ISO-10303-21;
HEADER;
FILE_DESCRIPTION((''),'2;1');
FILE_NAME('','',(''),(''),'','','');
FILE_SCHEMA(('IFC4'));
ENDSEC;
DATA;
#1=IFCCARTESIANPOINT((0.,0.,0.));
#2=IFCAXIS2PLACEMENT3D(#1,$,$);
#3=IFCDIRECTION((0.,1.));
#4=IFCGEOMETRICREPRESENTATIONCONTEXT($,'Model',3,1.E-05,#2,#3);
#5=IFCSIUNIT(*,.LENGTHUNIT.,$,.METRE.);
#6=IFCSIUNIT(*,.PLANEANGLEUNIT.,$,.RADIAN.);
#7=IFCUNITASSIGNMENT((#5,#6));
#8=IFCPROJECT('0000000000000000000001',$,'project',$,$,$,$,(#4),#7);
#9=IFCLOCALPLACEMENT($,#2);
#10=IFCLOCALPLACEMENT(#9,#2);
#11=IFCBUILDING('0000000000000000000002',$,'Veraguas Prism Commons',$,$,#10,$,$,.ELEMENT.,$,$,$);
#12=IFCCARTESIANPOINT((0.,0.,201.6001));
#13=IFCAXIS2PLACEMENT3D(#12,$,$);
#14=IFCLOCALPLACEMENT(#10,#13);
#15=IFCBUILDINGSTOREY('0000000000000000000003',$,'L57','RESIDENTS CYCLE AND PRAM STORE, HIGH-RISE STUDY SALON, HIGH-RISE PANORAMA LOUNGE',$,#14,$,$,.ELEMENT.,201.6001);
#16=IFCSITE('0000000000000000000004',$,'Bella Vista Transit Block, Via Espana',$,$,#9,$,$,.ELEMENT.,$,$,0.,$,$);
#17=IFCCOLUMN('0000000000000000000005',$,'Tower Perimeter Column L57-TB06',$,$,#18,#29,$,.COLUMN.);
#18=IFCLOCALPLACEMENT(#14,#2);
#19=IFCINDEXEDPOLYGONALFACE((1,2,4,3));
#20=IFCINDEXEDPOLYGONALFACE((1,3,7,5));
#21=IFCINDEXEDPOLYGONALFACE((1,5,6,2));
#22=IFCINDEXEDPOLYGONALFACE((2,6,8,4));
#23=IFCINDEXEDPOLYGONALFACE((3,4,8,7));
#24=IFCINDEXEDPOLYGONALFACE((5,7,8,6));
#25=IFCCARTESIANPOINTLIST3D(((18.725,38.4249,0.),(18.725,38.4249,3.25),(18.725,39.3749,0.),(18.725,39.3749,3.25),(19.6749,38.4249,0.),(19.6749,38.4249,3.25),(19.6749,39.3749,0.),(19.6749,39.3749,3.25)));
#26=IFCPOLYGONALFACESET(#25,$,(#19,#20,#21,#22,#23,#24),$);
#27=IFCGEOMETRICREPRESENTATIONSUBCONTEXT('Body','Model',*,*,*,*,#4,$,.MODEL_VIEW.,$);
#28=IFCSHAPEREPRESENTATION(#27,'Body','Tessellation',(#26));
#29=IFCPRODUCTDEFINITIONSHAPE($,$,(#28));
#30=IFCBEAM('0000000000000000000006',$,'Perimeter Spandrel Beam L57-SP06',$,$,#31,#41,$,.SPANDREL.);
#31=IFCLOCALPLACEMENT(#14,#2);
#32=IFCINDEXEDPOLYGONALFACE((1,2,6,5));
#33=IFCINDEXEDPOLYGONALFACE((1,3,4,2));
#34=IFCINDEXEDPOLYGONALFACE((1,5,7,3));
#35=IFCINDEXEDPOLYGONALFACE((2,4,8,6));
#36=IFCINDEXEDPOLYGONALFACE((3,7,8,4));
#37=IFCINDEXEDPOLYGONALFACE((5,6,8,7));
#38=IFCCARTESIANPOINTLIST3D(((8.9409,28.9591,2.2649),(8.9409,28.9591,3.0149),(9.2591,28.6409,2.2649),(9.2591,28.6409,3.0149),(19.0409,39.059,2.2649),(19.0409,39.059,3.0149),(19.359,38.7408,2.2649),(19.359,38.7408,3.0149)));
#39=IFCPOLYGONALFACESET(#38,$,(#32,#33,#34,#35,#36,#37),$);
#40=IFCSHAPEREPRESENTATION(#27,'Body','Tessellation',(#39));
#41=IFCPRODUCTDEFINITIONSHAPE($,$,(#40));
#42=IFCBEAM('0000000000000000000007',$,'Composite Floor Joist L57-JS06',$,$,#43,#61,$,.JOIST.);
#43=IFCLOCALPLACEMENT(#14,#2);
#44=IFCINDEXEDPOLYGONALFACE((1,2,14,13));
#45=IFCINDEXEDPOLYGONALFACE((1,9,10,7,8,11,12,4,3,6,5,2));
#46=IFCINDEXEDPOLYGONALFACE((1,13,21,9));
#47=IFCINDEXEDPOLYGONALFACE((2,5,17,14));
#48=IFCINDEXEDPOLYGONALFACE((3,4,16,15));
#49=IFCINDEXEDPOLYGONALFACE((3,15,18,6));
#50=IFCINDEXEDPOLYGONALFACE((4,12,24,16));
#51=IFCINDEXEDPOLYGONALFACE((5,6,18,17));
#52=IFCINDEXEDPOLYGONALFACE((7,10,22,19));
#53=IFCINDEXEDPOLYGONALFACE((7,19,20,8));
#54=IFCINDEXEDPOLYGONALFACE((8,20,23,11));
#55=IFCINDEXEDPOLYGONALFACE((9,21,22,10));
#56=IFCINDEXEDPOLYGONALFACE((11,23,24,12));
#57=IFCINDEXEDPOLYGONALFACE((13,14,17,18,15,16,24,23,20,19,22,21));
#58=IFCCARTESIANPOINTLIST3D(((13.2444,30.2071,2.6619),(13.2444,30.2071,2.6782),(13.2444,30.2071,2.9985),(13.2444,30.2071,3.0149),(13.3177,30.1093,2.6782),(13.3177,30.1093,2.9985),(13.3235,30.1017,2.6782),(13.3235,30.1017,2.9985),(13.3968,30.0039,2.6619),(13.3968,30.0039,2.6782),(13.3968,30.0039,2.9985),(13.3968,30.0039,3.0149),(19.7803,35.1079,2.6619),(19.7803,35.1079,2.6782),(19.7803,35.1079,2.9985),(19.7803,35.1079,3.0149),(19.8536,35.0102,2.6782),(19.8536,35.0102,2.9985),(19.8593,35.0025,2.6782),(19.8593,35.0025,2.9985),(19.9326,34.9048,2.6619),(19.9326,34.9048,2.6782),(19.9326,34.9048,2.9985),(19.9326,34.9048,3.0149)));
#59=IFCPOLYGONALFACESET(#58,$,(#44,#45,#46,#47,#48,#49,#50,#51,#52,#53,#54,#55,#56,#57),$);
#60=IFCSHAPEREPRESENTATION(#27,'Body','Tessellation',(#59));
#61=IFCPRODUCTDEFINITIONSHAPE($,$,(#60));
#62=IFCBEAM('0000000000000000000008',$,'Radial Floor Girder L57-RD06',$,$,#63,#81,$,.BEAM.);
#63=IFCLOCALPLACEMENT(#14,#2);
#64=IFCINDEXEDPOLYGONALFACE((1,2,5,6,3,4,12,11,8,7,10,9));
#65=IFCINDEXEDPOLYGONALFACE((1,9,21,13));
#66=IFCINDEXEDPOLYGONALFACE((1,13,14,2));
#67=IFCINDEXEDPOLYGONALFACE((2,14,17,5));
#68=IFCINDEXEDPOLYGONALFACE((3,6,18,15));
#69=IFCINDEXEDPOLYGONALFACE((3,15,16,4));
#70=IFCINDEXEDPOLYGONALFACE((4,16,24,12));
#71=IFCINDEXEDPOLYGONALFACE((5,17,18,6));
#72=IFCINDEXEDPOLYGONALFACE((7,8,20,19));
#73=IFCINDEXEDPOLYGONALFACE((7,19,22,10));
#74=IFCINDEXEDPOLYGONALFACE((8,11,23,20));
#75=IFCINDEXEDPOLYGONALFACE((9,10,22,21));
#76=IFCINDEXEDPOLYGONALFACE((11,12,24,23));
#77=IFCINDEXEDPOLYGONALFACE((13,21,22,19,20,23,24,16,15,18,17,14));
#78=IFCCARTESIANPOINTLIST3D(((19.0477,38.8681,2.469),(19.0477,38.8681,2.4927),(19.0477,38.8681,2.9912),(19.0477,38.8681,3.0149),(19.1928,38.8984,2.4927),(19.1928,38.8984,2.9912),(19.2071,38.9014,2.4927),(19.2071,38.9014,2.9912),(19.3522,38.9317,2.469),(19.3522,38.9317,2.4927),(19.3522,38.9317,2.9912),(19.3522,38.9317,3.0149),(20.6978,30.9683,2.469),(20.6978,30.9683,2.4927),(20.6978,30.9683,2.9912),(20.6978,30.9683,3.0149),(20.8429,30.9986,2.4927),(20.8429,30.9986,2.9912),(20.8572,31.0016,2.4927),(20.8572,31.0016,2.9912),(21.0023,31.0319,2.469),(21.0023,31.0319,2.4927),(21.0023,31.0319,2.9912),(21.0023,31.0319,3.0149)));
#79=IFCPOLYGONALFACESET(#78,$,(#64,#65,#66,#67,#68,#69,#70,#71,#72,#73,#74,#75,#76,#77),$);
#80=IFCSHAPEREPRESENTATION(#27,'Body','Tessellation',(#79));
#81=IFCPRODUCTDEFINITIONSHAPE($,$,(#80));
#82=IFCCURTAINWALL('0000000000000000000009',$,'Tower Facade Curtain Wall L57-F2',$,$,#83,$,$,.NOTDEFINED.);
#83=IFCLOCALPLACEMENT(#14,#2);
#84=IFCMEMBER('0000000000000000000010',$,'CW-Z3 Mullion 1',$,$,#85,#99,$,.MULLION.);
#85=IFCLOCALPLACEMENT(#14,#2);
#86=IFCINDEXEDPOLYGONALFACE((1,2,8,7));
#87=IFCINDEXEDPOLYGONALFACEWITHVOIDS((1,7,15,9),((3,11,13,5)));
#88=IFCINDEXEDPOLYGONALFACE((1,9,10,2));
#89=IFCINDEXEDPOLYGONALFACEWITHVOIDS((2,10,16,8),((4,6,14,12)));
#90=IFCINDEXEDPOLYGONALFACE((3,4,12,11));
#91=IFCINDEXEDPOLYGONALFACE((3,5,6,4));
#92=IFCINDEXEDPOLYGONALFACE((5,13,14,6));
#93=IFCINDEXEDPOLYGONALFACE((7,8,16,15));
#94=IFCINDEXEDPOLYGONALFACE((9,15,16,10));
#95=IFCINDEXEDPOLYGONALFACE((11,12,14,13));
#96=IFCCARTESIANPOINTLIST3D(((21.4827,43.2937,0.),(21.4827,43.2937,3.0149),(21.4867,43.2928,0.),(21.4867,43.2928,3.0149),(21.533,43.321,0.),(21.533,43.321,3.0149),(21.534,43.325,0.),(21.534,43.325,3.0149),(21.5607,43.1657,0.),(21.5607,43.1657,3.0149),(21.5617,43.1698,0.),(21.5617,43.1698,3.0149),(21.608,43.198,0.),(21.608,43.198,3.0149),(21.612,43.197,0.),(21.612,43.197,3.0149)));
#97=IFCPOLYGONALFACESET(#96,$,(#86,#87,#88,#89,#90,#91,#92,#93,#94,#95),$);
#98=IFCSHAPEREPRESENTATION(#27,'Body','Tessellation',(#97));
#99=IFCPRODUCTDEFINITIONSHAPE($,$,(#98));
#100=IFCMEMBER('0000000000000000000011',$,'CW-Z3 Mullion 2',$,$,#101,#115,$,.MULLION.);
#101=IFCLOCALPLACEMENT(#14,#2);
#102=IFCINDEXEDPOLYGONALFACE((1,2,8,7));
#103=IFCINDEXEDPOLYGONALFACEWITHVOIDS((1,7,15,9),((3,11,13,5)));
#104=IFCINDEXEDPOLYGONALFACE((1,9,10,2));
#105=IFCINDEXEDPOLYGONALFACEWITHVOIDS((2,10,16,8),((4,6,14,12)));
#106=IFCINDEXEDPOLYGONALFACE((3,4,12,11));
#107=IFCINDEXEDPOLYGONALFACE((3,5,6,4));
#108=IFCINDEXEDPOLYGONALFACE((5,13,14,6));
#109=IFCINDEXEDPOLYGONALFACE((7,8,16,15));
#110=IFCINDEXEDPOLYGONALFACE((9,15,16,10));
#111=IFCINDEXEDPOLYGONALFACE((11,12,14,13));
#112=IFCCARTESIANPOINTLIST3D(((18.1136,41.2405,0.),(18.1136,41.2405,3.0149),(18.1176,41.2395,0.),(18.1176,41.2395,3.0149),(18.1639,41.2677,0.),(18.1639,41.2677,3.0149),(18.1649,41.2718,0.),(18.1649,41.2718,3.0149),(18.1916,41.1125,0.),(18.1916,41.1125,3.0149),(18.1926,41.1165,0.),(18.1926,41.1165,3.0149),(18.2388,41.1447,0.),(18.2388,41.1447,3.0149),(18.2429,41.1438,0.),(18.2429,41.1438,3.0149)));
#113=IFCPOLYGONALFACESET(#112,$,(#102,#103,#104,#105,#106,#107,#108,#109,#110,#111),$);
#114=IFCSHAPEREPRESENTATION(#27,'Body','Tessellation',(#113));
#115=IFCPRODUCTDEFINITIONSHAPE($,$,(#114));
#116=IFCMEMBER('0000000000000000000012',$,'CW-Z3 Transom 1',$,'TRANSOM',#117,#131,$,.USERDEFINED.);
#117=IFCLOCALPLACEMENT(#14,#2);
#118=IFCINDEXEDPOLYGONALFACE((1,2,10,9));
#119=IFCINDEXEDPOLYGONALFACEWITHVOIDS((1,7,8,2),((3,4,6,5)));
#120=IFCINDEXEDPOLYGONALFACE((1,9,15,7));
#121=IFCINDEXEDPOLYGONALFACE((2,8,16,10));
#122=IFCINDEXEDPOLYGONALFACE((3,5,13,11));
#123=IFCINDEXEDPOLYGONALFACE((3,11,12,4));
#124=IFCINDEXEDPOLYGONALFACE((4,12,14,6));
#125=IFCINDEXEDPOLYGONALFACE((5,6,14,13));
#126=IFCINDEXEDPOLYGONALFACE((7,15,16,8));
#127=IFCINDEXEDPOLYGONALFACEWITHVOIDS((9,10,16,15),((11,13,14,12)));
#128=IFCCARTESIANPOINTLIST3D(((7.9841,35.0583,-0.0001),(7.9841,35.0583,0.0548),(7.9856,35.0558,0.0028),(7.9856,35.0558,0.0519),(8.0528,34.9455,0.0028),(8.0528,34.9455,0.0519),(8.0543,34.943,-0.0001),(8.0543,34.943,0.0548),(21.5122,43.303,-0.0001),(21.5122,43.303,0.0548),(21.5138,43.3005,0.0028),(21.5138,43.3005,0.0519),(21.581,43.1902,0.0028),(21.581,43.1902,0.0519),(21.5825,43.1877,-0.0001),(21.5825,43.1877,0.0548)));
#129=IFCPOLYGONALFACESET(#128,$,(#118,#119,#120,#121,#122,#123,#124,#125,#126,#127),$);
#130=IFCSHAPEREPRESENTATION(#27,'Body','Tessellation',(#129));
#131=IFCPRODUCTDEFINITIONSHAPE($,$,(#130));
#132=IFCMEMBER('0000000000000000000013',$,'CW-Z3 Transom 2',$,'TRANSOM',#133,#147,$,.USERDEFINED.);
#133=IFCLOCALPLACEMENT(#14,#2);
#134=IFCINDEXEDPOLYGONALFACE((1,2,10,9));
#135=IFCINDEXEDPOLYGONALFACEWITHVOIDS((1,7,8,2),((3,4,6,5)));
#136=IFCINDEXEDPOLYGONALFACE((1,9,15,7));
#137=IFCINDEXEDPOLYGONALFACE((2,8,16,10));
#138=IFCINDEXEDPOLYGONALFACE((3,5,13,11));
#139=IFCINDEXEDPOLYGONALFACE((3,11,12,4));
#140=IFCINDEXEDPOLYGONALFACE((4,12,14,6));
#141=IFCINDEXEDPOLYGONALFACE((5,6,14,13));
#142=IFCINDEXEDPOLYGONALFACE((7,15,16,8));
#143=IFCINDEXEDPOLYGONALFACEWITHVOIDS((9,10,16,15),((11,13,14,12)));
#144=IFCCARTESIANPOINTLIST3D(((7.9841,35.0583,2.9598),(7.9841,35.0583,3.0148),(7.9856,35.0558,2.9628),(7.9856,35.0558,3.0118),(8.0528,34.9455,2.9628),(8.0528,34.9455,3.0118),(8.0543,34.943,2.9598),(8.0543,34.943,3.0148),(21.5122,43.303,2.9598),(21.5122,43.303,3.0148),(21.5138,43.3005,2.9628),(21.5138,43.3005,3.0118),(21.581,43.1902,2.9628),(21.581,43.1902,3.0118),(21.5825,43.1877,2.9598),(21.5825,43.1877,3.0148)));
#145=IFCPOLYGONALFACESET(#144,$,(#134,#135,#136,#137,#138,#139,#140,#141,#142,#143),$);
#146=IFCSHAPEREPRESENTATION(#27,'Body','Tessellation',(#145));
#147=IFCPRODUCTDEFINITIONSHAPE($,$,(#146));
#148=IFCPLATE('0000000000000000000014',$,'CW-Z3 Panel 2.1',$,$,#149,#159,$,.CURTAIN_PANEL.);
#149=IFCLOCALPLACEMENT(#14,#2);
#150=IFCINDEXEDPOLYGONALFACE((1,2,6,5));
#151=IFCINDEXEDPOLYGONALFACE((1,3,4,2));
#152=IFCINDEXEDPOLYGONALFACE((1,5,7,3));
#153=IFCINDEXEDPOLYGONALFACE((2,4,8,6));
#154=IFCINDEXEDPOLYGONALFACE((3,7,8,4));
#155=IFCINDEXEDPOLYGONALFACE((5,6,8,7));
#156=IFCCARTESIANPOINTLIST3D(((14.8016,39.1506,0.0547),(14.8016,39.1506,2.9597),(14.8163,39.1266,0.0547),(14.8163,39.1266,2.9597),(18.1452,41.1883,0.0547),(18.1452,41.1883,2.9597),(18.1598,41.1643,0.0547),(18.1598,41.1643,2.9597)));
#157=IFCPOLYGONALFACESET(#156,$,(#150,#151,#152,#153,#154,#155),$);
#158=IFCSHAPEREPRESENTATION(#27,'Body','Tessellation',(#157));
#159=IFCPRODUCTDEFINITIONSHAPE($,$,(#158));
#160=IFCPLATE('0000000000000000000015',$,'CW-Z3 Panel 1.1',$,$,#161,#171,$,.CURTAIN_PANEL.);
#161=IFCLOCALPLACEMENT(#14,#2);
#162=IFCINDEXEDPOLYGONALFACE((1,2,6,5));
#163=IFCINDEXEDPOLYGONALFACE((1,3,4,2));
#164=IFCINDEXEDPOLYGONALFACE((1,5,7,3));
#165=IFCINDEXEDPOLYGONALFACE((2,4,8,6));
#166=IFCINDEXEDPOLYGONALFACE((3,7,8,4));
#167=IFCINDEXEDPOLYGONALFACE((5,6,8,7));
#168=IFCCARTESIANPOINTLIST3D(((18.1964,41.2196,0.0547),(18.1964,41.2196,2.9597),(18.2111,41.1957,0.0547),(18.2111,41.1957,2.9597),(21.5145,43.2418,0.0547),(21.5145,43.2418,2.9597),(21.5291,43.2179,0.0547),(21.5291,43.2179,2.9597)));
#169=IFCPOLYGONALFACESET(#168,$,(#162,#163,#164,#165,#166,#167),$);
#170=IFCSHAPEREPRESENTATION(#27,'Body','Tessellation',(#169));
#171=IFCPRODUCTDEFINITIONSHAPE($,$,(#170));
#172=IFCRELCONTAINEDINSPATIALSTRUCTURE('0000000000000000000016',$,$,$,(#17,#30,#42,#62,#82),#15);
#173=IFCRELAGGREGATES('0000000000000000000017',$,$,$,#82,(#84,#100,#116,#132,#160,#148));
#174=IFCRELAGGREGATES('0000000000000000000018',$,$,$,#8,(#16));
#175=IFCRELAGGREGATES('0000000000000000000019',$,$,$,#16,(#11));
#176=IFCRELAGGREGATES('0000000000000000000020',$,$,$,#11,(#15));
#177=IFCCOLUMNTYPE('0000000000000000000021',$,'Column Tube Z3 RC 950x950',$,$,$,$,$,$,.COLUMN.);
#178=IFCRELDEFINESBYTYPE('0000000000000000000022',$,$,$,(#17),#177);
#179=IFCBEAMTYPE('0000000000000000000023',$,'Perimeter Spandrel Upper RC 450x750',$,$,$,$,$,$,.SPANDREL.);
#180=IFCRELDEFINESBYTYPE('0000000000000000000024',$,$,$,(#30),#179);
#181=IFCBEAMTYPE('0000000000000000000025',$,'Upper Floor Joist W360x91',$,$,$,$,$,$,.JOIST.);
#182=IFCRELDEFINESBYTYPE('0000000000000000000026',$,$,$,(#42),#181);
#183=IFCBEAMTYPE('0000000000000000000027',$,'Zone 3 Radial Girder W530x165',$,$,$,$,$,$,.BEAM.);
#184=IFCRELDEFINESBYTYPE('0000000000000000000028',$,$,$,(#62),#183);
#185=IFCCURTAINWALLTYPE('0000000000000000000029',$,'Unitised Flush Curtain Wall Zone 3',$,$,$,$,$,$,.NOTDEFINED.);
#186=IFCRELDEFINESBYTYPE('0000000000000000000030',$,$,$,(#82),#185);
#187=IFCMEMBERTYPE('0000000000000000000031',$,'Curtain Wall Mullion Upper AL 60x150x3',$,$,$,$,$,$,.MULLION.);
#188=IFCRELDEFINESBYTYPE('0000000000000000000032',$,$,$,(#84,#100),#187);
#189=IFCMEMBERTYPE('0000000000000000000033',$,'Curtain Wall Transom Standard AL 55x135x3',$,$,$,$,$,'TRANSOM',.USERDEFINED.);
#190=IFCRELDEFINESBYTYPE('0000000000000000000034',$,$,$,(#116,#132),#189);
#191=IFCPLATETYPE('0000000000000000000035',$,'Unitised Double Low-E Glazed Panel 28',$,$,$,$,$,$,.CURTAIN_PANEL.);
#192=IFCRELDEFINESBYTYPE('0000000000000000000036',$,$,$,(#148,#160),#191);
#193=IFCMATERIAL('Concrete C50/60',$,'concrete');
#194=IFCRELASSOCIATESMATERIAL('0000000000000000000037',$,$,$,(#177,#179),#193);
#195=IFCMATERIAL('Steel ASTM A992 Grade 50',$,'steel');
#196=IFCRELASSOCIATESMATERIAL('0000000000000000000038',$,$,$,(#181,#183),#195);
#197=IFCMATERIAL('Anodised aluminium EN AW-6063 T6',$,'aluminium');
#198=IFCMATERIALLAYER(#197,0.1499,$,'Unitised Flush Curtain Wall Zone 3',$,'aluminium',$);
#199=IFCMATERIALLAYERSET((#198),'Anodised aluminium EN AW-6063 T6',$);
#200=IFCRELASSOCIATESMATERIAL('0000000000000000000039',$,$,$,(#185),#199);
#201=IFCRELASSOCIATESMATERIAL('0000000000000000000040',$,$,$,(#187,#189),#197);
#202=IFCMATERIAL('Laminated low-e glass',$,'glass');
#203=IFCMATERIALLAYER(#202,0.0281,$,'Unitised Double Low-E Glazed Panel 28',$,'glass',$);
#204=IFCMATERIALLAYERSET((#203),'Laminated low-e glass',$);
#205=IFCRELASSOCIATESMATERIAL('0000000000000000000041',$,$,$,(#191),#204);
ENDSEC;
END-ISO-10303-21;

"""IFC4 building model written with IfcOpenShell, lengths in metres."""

from ifc_helpers import new_model, si_unit, direction, frame, origin, origin_2d, place, context, subcontext, project, spatial, rectangle, hollow_rectangle, i_section, extrude, source, transform, mapped, material, layer, layer_set, material_profile, profile_set, type_object, element, aggregate, save


model = new_model("IFC4")

# Units and contexts
model_context = context("Model", 3, precision=1e-05, world=origin(), true_north=direction((0.0, 1.0)))
body_context = subcontext(model_context, "Body", "Model", "MODEL_VIEW")
ifc_project = project(units=[si_unit("LENGTHUNIT", "METRE"), si_unit("PLANEANGLEUNIT", "RADIAN")], contexts=[model_context])

# Site, building, storey
site_placement = place(None, origin())
site = spatial("IfcSite", under=ifc_project, at=site_placement, Name="Bella Vista Transit Block, Via Espana", CompositionType="ELEMENT", RefElevation=0.0)
building_placement = place(site_placement, origin())
building = spatial("IfcBuilding", under=site, at=building_placement, Name="Veraguas Prism Commons", CompositionType="ELEMENT")
storey_placement = place(building_placement, frame((0.0, 0.0, 201.6001)))
storey = spatial("IfcBuildingStorey", under=building, at=storey_placement, Name="L57", Description="RESIDENTS CYCLE AND PRAM STORE, HIGH-RISE STUDY SALON, HIGH-RISE PANORAMA LOUNGE", CompositionType="ELEMENT", Elevation=201.6001)

# Column
ifc_material_1 = material(Name="Concrete C50/60", Category="concrete")
ifc_material_profile_1 = material_profile(ifc_material_1, rectangle(XDim=0.95, YDim=0.95, at=origin_2d()), Name="RC950X950")
ifc_profile_set_1 = profile_set([ifc_material_profile_1], Name="Concrete C50/60")
column_type = type_object("IfcColumnType", Name="Column Tube Z3 RC 950x950", PredefinedType="COLUMN", material=ifc_profile_set_1)
column_placement = place(storey_placement, frame((19.2, 38.8999, 0.0), z_axis=(0.0, 0.0, 1.0), x_axis=(1.0, 0.0, 0.0)))
element("IfcColumn", 1, at=column_placement, inside=storey, type_object=column_type, Name="Tower Perimeter Column L57-TB06", PredefinedType="COLUMN", context=body_context, shape_type="SweptSolid", body=[
    extrude(rectangle(XDim=0.95, YDim=0.95, at=origin_2d()), origin(), (0.0, 0.0, 1.0), 3.25),
])

# Beams
ifc_material_profile_2 = material_profile(ifc_material_1, rectangle(XDim=0.45, YDim=0.75, at=origin_2d()), Name="RC450X750")
ifc_profile_set_2 = profile_set([ifc_material_profile_2], Name="Concrete C50/60")
beam_type_1 = type_object("IfcBeamType", Name="Perimeter Spandrel Upper RC 450x750", PredefinedType="SPANDREL", material=ifc_profile_set_2)
beam_1_placement = place(storey_placement, frame((19.2, 38.8999, 2.6399), z_axis=(-0.707107, -0.707107, 0.0), x_axis=(0.707107, -0.707107, 0.0)))
element("IfcBeam", 2, at=beam_1_placement, inside=storey, type_object=beam_type_1, Name="Perimeter Spandrel Beam L57-SP06", PredefinedType="SPANDREL", context=body_context, shape_type="SweptSolid", body=[
    extrude(rectangle(XDim=0.45, YDim=0.75, at=origin_2d()), origin(), (0.0, 0.0, 1.0), 14.2834),
])
ifc_material_2 = material(Name="Steel ASTM A992 Grade 50", Category="steel")
ifc_material_profile_3 = material_profile(ifc_material_2, i_section(OverallWidth=0.2539, OverallDepth=0.353, WebThickness=0.0095, FlangeThickness=0.0164, at=origin_2d()), Name="W360X91")
ifc_profile_set_3 = profile_set([ifc_material_profile_3], Name="Steel ASTM A992 Grade 50")
beam_type_2 = type_object("IfcBeamType", Name="Upper Floor Joist W360x91", PredefinedType="JOIST", material=ifc_profile_set_3)
beam_2_placement = place(storey_placement, frame((19.8564, 35.0063, 2.8384), z_axis=(-0.800061, -0.599919, 0.0), x_axis=(0.599919, -0.800061, 0.0)))
element("IfcBeam", 3, at=beam_2_placement, inside=storey, type_object=beam_type_2, Name="Composite Floor Joist L57-JS06", PredefinedType="JOIST", context=body_context, shape_type="SweptSolid", body=[
    extrude(i_section(OverallWidth=0.2539, OverallDepth=0.353, WebThickness=0.0095, FlangeThickness=0.0164, at=origin_2d()), origin(), (0.0, 0.0, 1.0), 8.1692),
])
ifc_material_profile_4 = material_profile(ifc_material_2, i_section(OverallWidth=0.311, OverallDepth=0.5459, WebThickness=0.0146, FlangeThickness=0.0237, at=origin_2d()), Name="W530X165")
ifc_profile_set_4 = profile_set([ifc_material_profile_4], Name="Steel ASTM A992 Grade 50")
beam_type_3 = type_object("IfcBeamType", Name="Zone 3 Radial Girder W530x165", PredefinedType="BEAM", material=ifc_profile_set_4)
beam_3_placement = place(storey_placement, frame((19.2, 38.8999, 2.7419), z_axis=(0.204469, -0.978873, 0.0), x_axis=(0.978873, 0.204469, 0.0)))
element("IfcBeam", 4, at=beam_3_placement, inside=storey, type_object=beam_type_3, Name="Radial Floor Girder L57-RD06", PredefinedType="BEAM", context=body_context, shape_type="SweptSolid", body=[
    extrude(i_section(OverallWidth=0.311, OverallDepth=0.5459, WebThickness=0.0146, FlangeThickness=0.0237, at=origin_2d()), origin(), (0.0, 0.0, 1.0), 8.0703),
])

# Curtain wall, members, plates
ifc_material_3 = material(Name="Anodised aluminium EN AW-6063 T6", Category="aluminium")
ifc_layer_1 = layer(ifc_material_3, 0.1499, Name="Unitised Flush Curtain Wall Zone 3", Category="aluminium")
ifc_layer_set_1 = layer_set([ifc_layer_1], Name="Anodised aluminium EN AW-6063 T6")
curtain_wall_type = type_object("IfcCurtainWallType", Name="Unitised Flush Curtain Wall Zone 3", PredefinedType="NOTDEFINED", material=ifc_layer_set_1)
curtain_wall_placement = place(storey_placement, origin())
curtain_wall = element("IfcCurtainWall", 5, at=curtain_wall_placement, inside=storey, type_object=curtain_wall_type, Name="Tower Facade Curtain Wall L57-F2", PredefinedType="NOTDEFINED")
ifc_material_profile_5 = material_profile(ifc_material_3, hollow_rectangle(XDim=0.0601, YDim=0.1499, WallThickness=0.0029, at=origin_2d()), Name="AL60X150X3")
ifc_profile_set_5 = profile_set([ifc_material_profile_5], Name="Anodised aluminium EN AW-6063 T6")
member_type_1 = type_object("IfcMemberType", Name="Curtain Wall Mullion Upper AL 60x150x3", PredefinedType="MULLION", material=ifc_profile_set_5)
shared_shape_1 = source(origin(), body_context, "Body", "SweptSolid", [
    extrude(hollow_rectangle(XDim=0.0601, YDim=0.1499, WallThickness=0.0029, at=origin_2d()), origin(), (0.0, 0.0, 1.0), 3.0149),
])
member_1_placement = place(storey_placement, frame((21.5474, 43.2454, 0.0), z_axis=(0.0, 0.0, 1.0), x_axis=(-0.853914, -0.520414, 0.0)))
member_1 = element("IfcMember", 6, at=member_1_placement, type_object=member_type_1, Name="CW-Z3 Mullion 1", PredefinedType="MULLION", context=body_context, shape_type="MappedRepresentation", body=[
    mapped(shared_shape_1, transform((0.0, 0.0, 0.0), scale=1.0)),
])
member_2_placement = place(storey_placement, frame((18.1782, 41.1921, 0.0), z_axis=(0.0, 0.0, 1.0), x_axis=(-0.853914, -0.520414, 0.0)))
member_2 = element("IfcMember", 7, at=member_2_placement, type_object=member_type_1, Name="CW-Z3 Mullion 2", PredefinedType="MULLION", context=body_context, shape_type="MappedRepresentation", body=[
    mapped(shared_shape_1, transform((0.0, 0.0, 0.0), scale=1.0)),
])
ifc_material_profile_6 = material_profile(ifc_material_3, hollow_rectangle(XDim=0.0549, YDim=0.135, WallThickness=0.0029, at=origin_2d()), Name="AL55X135X3")
ifc_profile_set_6 = profile_set([ifc_material_profile_6], Name="Anodised aluminium EN AW-6063 T6")
member_type_2 = type_object("IfcMemberType", Name="Curtain Wall Transom Standard AL 55x135x3", ElementType="TRANSOM", PredefinedType="USERDEFINED", material=ifc_profile_set_6)
shared_shape_2 = source(origin(), body_context, "Body", "SweptSolid", [
    extrude(hollow_rectangle(XDim=0.0549, YDim=0.135, WallThickness=0.0029, at=origin_2d()), origin(), (0.0, 0.0, 1.0), 15.8425),
])
member_3_placement = place(storey_placement, frame((21.5474, 43.2454, 0.0273), z_axis=(-0.853914, -0.520414, 0.0), x_axis=(0.0, 0.0, 1.0)))
member_3 = element("IfcMember", 8, at=member_3_placement, type_object=member_type_2, Name="CW-Z3 Transom 1", ObjectType="TRANSOM", PredefinedType="USERDEFINED", context=body_context, shape_type="MappedRepresentation", body=[
    mapped(shared_shape_2, transform((0.0, 0.0, 0.0), scale=1.0)),
])
member_4_placement = place(storey_placement, frame((21.5474, 43.2454, 2.9873), z_axis=(-0.853914, -0.520414, 0.0), x_axis=(0.0, 0.0, 1.0)))
member_4 = element("IfcMember", 9, at=member_4_placement, type_object=member_type_2, Name="CW-Z3 Transom 2", ObjectType="TRANSOM", PredefinedType="USERDEFINED", context=body_context, shape_type="MappedRepresentation", body=[
    mapped(shared_shape_2, transform((0.0, 0.0, 0.0), scale=1.0)),
])
ifc_material_4 = material(Name="Laminated low-e glass", Category="glass")
ifc_layer_2 = layer(ifc_material_4, 0.0281, Name="Unitised Double Low-E Glazed Panel 28", Category="glass")
ifc_layer_set_2 = layer_set([ifc_layer_2], Name="Laminated low-e glass")
plate_type = type_object("IfcPlateType", Name="Unitised Double Low-E Glazed Panel 28", PredefinedType="CURTAIN_PANEL", material=ifc_layer_set_2)
shared_shape_3 = source(origin(), body_context, "Body", "SweptSolid", [
    extrude(rectangle(XDim=3.9155, YDim=0.0281, at=origin_2d()), origin(), (0.0, 0.0, 1.0), 2.905),
])
plate_1_placement = place(storey_placement, frame((16.4807, 40.1575, 0.0547), z_axis=(0.0, 0.0, 1.0), x_axis=(-0.853914, -0.520414, 0.0)))
plate_1 = element("IfcPlate", 10, at=plate_1_placement, type_object=plate_type, Name="CW-Z3 Panel 2.1", PredefinedType="CURTAIN_PANEL", context=body_context, shape_type="MappedRepresentation", body=[
    mapped(shared_shape_3, transform((0.0, 0.0, 0.0), scale=1.0)),
])
shared_shape_4 = source(origin(), body_context, "Body", "SweptSolid", [
    extrude(rectangle(XDim=3.8857, YDim=0.0281, at=origin_2d()), origin(), (0.0, 0.0, 1.0), 2.905),
])
plate_2_placement = place(storey_placement, frame((19.8628, 42.2188, 0.0547), z_axis=(0.0, 0.0, 1.0), x_axis=(-0.853914, -0.520414, 0.0)))
plate_2 = element("IfcPlate", 11, at=plate_2_placement, type_object=plate_type, Name="CW-Z3 Panel 1.1", PredefinedType="CURTAIN_PANEL", context=body_context, shape_type="MappedRepresentation", body=[
    mapped(shared_shape_4, transform((0.0, 0.0, 0.0), scale=1.0)),
])
aggregate(curtain_wall, [member_1, member_2, member_3, member_4, plate_2, plate_1])

save(model, "model.ifc")
